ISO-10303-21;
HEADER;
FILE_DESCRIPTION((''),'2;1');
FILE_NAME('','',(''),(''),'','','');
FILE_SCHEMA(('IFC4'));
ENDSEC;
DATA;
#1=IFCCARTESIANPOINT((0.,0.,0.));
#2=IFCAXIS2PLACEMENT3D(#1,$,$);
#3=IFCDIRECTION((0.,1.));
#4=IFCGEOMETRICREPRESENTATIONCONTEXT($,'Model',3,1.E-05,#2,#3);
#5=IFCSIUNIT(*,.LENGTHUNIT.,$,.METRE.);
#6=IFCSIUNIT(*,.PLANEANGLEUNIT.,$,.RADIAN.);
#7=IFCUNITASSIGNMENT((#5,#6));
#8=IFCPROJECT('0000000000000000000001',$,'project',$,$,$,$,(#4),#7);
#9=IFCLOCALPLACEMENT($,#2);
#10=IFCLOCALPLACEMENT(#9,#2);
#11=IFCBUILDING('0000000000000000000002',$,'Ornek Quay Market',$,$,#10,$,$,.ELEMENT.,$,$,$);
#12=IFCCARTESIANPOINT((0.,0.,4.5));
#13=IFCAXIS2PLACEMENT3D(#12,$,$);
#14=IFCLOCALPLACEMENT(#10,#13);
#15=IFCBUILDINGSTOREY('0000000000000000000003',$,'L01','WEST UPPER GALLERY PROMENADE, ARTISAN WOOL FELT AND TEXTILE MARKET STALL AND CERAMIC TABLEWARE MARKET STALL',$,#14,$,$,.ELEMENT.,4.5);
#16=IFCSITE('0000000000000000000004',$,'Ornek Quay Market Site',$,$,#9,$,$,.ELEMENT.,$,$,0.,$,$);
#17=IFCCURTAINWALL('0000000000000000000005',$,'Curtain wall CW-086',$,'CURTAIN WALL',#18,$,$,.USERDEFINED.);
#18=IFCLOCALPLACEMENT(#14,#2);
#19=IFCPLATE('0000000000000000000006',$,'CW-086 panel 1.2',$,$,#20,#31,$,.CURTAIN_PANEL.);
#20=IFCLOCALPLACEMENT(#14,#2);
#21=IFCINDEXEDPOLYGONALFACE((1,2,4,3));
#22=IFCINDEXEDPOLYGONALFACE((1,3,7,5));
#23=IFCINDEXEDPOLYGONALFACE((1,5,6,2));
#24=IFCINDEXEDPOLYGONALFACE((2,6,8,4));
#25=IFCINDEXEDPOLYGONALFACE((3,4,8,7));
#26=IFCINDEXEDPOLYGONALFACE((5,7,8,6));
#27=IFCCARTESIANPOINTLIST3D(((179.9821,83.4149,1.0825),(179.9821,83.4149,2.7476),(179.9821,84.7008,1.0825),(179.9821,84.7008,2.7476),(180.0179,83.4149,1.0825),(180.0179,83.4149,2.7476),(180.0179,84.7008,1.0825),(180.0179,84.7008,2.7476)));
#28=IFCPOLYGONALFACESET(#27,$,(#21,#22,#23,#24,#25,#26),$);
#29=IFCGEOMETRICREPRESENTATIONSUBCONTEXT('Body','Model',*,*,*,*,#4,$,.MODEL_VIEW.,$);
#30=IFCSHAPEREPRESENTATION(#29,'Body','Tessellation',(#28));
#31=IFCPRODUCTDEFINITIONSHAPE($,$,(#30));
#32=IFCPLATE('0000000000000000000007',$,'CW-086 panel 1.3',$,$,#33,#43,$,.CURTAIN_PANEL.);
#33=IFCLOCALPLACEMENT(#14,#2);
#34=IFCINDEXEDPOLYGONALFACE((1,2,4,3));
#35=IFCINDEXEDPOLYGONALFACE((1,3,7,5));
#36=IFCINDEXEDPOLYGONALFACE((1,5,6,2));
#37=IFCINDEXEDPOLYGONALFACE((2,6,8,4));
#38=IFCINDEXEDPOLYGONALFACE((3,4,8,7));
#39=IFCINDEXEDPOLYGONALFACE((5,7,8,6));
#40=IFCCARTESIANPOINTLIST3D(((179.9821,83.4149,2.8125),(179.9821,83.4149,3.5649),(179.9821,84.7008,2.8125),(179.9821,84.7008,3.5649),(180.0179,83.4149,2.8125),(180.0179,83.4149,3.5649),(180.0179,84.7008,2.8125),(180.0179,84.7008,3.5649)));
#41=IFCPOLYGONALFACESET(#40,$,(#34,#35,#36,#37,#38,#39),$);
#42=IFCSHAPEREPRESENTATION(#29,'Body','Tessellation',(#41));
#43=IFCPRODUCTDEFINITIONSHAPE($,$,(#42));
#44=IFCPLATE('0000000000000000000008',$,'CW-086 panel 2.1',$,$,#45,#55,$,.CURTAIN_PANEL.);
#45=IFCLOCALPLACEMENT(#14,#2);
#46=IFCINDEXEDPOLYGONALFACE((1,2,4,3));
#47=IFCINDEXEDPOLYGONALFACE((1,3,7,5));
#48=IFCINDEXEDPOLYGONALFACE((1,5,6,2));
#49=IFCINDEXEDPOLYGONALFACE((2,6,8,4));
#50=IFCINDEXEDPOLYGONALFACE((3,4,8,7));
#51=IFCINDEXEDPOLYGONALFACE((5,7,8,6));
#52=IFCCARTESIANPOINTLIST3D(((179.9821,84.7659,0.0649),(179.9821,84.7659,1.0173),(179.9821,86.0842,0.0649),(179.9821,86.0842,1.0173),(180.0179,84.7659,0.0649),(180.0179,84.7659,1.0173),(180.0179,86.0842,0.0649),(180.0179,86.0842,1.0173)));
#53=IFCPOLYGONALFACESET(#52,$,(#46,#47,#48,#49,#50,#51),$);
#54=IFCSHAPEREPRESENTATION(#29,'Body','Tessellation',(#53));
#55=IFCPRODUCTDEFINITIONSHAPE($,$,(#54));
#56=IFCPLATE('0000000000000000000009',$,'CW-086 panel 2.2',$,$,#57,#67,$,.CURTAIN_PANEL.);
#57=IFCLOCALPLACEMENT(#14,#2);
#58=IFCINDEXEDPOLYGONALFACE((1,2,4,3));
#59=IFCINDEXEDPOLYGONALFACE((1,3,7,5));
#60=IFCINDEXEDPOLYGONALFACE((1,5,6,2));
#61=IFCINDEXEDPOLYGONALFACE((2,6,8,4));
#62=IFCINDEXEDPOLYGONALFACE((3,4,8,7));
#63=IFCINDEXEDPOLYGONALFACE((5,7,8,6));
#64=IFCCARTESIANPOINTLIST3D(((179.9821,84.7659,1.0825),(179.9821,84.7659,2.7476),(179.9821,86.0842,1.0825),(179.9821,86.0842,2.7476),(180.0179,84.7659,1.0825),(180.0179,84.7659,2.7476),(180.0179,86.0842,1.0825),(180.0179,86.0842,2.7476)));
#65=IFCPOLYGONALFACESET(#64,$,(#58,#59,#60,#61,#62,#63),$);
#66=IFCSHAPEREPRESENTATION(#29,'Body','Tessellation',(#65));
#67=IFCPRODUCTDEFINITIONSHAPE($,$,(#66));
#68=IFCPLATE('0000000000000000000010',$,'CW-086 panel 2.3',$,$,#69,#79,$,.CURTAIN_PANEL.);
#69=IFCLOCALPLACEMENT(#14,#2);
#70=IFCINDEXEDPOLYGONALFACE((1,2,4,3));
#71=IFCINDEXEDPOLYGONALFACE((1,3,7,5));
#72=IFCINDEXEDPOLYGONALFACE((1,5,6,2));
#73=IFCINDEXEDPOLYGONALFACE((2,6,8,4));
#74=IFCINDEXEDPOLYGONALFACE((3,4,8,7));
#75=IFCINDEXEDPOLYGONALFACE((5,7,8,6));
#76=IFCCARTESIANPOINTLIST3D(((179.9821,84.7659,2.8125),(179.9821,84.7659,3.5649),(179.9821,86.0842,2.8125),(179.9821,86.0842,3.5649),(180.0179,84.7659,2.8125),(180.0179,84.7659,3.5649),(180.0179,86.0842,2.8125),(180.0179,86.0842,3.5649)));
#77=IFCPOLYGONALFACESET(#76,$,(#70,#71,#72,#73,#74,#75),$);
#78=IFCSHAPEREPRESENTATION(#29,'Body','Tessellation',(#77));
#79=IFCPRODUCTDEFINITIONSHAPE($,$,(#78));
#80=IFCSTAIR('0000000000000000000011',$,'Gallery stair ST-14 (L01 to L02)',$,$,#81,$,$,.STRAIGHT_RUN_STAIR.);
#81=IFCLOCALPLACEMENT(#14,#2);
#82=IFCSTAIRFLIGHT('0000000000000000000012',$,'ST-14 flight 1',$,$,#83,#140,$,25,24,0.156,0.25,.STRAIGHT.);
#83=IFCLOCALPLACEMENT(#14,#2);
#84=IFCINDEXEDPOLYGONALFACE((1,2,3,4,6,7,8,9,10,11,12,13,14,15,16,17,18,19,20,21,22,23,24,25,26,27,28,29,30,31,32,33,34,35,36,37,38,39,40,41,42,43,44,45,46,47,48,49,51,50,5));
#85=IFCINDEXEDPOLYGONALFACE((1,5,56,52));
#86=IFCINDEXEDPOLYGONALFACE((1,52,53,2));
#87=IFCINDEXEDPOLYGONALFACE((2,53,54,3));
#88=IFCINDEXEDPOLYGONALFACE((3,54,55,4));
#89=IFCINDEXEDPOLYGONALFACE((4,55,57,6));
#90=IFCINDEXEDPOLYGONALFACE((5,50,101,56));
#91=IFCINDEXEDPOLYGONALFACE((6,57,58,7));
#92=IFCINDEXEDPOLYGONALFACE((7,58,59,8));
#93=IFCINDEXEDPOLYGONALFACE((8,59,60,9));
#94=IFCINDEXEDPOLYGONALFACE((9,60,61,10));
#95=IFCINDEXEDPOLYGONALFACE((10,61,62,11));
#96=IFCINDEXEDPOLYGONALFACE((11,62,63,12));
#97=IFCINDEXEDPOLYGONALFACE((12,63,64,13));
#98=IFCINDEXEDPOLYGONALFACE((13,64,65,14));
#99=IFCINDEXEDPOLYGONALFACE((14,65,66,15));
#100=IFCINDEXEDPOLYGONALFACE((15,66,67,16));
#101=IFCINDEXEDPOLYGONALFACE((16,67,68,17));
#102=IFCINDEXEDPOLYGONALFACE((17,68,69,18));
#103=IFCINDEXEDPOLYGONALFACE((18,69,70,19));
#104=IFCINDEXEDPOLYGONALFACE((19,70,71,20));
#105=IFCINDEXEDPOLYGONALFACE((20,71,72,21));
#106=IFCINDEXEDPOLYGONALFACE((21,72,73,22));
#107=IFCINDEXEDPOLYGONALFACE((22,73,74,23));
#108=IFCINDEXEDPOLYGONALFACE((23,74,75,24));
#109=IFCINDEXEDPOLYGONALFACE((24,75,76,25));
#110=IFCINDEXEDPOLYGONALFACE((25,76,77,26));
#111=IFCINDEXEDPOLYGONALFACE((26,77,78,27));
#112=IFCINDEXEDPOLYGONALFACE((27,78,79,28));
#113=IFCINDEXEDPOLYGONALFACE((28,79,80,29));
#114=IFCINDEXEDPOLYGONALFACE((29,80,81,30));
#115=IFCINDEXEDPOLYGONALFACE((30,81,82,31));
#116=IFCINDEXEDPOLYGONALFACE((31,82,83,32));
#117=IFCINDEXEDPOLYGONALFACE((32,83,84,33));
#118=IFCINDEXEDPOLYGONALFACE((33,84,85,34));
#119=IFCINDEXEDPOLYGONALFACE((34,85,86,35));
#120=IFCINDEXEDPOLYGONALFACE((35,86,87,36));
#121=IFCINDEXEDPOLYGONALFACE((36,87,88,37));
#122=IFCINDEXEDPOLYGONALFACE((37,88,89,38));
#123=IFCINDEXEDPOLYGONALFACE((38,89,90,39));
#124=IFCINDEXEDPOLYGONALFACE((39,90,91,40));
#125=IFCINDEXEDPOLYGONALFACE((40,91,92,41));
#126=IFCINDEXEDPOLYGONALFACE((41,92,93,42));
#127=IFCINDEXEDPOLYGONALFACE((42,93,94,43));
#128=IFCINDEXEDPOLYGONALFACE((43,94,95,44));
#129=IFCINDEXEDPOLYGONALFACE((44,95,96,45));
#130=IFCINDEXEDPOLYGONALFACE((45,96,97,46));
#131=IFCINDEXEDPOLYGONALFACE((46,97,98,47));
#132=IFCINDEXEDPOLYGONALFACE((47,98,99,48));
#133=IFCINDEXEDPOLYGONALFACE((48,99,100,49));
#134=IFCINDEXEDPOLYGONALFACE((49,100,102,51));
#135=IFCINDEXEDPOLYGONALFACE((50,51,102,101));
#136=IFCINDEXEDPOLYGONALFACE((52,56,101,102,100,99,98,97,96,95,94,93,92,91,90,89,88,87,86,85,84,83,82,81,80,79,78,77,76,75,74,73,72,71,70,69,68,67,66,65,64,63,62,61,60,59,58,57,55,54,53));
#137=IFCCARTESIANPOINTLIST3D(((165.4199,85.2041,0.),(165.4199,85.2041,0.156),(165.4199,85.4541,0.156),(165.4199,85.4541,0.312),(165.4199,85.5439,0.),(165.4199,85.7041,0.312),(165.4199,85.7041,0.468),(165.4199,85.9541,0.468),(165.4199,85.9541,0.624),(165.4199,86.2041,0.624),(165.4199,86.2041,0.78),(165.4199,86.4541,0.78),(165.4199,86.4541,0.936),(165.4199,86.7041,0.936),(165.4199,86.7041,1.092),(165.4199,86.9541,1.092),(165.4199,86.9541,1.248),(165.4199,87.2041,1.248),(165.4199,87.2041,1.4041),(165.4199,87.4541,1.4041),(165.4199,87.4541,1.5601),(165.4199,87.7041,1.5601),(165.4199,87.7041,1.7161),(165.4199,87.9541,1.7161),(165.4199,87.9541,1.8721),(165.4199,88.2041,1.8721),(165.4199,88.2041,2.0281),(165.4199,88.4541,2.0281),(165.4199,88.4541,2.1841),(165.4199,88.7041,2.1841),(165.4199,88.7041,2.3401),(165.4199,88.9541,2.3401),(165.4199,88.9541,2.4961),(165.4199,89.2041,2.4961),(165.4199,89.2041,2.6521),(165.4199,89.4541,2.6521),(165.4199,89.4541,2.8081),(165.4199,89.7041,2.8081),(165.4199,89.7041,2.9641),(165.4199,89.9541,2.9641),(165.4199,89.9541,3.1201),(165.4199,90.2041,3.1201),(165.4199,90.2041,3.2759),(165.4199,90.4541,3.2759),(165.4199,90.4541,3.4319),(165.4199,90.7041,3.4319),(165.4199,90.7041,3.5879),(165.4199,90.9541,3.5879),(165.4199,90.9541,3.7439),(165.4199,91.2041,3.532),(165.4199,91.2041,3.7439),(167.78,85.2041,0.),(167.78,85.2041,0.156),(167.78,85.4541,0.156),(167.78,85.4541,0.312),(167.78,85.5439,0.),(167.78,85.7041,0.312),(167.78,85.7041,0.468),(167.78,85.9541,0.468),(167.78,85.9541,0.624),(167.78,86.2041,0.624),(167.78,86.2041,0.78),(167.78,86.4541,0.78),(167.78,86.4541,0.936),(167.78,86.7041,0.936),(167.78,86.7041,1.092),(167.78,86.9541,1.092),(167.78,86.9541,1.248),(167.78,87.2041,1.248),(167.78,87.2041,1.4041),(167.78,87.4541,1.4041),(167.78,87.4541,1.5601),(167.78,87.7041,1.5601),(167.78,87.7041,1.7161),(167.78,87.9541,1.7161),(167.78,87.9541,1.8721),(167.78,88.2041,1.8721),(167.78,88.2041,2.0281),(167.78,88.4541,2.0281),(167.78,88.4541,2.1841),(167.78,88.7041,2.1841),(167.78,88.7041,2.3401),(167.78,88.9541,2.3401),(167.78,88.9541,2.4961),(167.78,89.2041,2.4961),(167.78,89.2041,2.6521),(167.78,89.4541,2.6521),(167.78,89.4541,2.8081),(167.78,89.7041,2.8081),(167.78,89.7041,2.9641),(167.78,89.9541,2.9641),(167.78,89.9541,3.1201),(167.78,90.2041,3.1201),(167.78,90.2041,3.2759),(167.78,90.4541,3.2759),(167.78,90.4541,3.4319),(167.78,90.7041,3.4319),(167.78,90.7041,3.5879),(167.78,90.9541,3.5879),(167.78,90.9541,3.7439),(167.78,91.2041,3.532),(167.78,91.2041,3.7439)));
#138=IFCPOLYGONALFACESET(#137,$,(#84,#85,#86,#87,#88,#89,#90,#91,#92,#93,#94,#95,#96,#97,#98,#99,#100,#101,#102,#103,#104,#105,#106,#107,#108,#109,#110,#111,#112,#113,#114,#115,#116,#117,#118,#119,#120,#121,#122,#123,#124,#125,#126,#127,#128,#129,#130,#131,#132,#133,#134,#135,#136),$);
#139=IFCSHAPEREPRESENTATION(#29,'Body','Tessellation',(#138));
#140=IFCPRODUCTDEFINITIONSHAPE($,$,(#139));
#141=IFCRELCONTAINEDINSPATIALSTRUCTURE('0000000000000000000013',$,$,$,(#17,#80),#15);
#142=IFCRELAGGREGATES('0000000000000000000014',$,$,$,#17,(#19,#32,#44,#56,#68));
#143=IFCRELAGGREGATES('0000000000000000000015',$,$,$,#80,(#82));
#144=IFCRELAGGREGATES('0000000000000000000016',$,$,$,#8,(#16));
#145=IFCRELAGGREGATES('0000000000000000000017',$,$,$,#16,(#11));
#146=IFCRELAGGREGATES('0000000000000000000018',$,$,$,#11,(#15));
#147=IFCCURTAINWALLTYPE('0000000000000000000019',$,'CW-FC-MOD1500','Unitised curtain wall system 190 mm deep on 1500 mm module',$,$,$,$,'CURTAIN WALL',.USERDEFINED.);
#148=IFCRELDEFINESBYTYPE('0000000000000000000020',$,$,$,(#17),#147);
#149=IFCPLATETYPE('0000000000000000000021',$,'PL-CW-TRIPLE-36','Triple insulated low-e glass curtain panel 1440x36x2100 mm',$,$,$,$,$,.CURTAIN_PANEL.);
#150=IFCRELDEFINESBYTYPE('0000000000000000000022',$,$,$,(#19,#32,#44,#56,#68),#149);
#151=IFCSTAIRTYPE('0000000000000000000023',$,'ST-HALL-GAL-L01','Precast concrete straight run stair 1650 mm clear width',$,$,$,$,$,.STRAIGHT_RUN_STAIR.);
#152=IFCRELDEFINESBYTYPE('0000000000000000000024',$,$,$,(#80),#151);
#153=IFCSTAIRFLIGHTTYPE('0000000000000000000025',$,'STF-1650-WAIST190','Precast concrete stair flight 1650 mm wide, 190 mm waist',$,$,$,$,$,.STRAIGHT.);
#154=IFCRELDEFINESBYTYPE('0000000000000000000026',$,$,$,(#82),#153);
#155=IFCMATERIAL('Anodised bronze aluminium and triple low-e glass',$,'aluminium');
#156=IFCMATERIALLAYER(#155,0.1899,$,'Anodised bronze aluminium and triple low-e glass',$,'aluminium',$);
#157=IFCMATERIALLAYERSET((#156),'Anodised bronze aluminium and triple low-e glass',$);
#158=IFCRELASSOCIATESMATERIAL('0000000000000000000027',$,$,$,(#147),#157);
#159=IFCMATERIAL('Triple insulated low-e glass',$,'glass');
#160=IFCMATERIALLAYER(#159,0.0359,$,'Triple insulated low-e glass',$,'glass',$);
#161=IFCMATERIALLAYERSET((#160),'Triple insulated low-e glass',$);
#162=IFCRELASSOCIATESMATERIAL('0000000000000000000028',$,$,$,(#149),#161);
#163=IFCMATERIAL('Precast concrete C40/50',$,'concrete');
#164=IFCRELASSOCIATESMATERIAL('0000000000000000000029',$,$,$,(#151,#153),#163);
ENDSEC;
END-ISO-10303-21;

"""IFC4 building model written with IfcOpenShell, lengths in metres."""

from ifc_helpers import new_model, si_unit, direction, frame, origin, origin_2d, place, context, subcontext, project, spatial, polyline, rectangle, outline, extrude, material, layer, layer_set, type_object, element, aggregate, save


model = new_model("IFC4")

# Units and contexts
model_context = context("Model", 3, precision=1e-05, world=origin(), true_north=direction((0.0, 1.0)))
body_context = subcontext(model_context, "Body", "Model", "MODEL_VIEW")
ifc_project = project(units=[si_unit("LENGTHUNIT", "METRE"), si_unit("PLANEANGLEUNIT", "RADIAN")], contexts=[model_context])

# Site, building, storey
site_placement = place(None, origin())
site = spatial("IfcSite", under=ifc_project, at=site_placement, Name="Ornek Quay Market Site", CompositionType="ELEMENT", RefElevation=0.0)
building_placement = place(site_placement, origin())
building = spatial("IfcBuilding", under=site, at=building_placement, Name="Ornek Quay Market", CompositionType="ELEMENT")
storey_placement = place(building_placement, frame((0.0, 0.0, 4.5)))
storey = spatial("IfcBuildingStorey", under=building, at=storey_placement, Name="L01", Description="WEST UPPER GALLERY PROMENADE, ARTISAN WOOL FELT AND TEXTILE MARKET STALL AND CERAMIC TABLEWARE MARKET STALL", CompositionType="ELEMENT", Elevation=4.5)

# Curtain wall, plates
ifc_material_1 = material(Name="Anodised bronze aluminium and triple low-e glass", Category="aluminium")
ifc_layer_1 = layer(ifc_material_1, 0.1899, Name="Anodised bronze aluminium and triple low-e glass", Category="aluminium")
ifc_layer_set_1 = layer_set([ifc_layer_1], Name="Anodised bronze aluminium and triple low-e glass")
curtain_wall_type = type_object("IfcCurtainWallType", Name="CW-FC-MOD1500", Description="Unitised curtain wall system 190 mm deep on 1500 mm module", ElementType="CURTAIN WALL", PredefinedType="USERDEFINED", material=ifc_layer_set_1)
curtain_wall_placement = place(storey_placement, origin())
curtain_wall = element("IfcCurtainWall", 1, at=curtain_wall_placement, inside=storey, type_object=curtain_wall_type, Name="Curtain wall CW-086", ObjectType="CURTAIN WALL", PredefinedType="USERDEFINED")
ifc_material_2 = material(Name="Triple insulated low-e glass", Category="glass")
ifc_layer_2 = layer(ifc_material_2, 0.0359, Name="Triple insulated low-e glass", Category="glass")
ifc_layer_set_2 = layer_set([ifc_layer_2], Name="Triple insulated low-e glass")
plate_type = type_object("IfcPlateType", Name="PL-CW-TRIPLE-36", Description="Triple insulated low-e glass curtain panel 1440x36x2100 mm", PredefinedType="CURTAIN_PANEL", material=ifc_layer_set_2)
plate_1_placement = place(storey_placement, frame((180.0, 84.0579, 1.0825), z_axis=(0.0, 0.0, 1.0), x_axis=(0.0, 1.0, 0.0)))
plate_1 = element("IfcPlate", 2, at=plate_1_placement, type_object=plate_type, Name="CW-086 panel 1.2", PredefinedType="CURTAIN_PANEL", context=body_context, shape_type="SweptSolid", body=[
    extrude(rectangle(XDim=1.2859, YDim=0.0359, at=origin_2d()), origin(), (0.0, 0.0, 1.0), 1.665),
])
plate_2_placement = place(storey_placement, frame((180.0, 84.0579, 2.8125), z_axis=(0.0, 0.0, 1.0), x_axis=(0.0, 1.0, 0.0)))
plate_2 = element("IfcPlate", 3, at=plate_2_placement, type_object=plate_type, Name="CW-086 panel 1.3", PredefinedType="CURTAIN_PANEL", context=body_context, shape_type="SweptSolid", body=[
    extrude(rectangle(XDim=1.2859, YDim=0.0359, at=origin_2d()), origin(), (0.0, 0.0, 1.0), 0.7524),
])
plate_3_placement = place(storey_placement, frame((180.0, 85.425, 0.0649), z_axis=(0.0, 0.0, 1.0), x_axis=(0.0, 1.0, 0.0)))
plate_3 = element("IfcPlate", 4, at=plate_3_placement, type_object=plate_type, Name="CW-086 panel 2.1", PredefinedType="CURTAIN_PANEL", context=body_context, shape_type="SweptSolid", body=[
    extrude(rectangle(XDim=1.3184, YDim=0.0359, at=origin_2d()), origin(), (0.0, 0.0, 1.0), 0.9524),
])
plate_4_placement = place(storey_placement, frame((180.0, 85.425, 1.0825), z_axis=(0.0, 0.0, 1.0), x_axis=(0.0, 1.0, 0.0)))
plate_4 = element("IfcPlate", 5, at=plate_4_placement, type_object=plate_type, Name="CW-086 panel 2.2", PredefinedType="CURTAIN_PANEL", context=body_context, shape_type="SweptSolid", body=[
    extrude(rectangle(XDim=1.3184, YDim=0.0359, at=origin_2d()), origin(), (0.0, 0.0, 1.0), 1.665),
])
plate_5_placement = place(storey_placement, frame((180.0, 85.425, 2.8125), z_axis=(0.0, 0.0, 1.0), x_axis=(0.0, 1.0, 0.0)))
plate_5 = element("IfcPlate", 6, at=plate_5_placement, type_object=plate_type, Name="CW-086 panel 2.3", PredefinedType="CURTAIN_PANEL", context=body_context, shape_type="SweptSolid", body=[
    extrude(rectangle(XDim=1.3184, YDim=0.0359, at=origin_2d()), origin(), (0.0, 0.0, 1.0), 0.7524),
])
aggregate(curtain_wall, [plate_1, plate_2, plate_3, plate_4, plate_5])

# Stair, stair flight
ifc_material_3 = material(Name="Precast concrete C40/50", Category="concrete")
stair_type = type_object("IfcStairType", Name="ST-HALL-GAL-L01", Description="Precast concrete straight run stair 1650 mm clear width", PredefinedType="STRAIGHT_RUN_STAIR", material=ifc_material_3)
stair_placement = place(storey_placement, origin())
stair = element("IfcStair", 7, at=stair_placement, inside=storey, type_object=stair_type, Name="Gallery stair ST-14 (L01 to L02)", PredefinedType="STRAIGHT_RUN_STAIR")
stair_flight_type = type_object("IfcStairFlightType", Name="STF-1650-WAIST190", Description="Precast concrete stair flight 1650 mm wide, 190 mm waist", PredefinedType="STRAIGHT", material=ifc_material_3)
stair_flight_placement = place(storey_placement, frame((166.6001, 85.2041, 0.0), z_axis=(0.0, 0.0, 1.0), x_axis=(0.0, 1.0, 0.0)))
stair_flight = element("IfcStairFlight", 8, at=stair_flight_placement, type_object=stair_flight_type, Name="ST-14 flight 1", NumberOfRisers=25, NumberOfTreads=24, PredefinedType="STRAIGHT", RiserHeight=0.156, TreadLength=0.25, context=body_context, shape_type="SweptSolid", body=[
    extrude(outline(polyline([(0.0, 0.0), (0.0, 0.156), (0.25, 0.156), (0.25, 0.312), (0.5, 0.312), (0.5, 0.468), (0.75, 0.468), (0.75, 0.624), (1.0, 0.624), (1.0, 0.78), (1.25, 0.78), (1.25, 0.936), (1.5, 0.936), (1.5, 1.092), (1.75, 1.092), (1.75, 1.248), (2.0, 1.248), (2.0, 1.4041), (2.25, 1.4041), (2.25, 1.5601), (2.5, 1.5601), (2.5, 1.7161), (2.75, 1.7161), (2.75, 1.8721), (3.0, 1.8721), (3.0, 2.0281), (3.25, 2.0281), (3.25, 2.1841), (3.5, 2.1841), (3.5, 2.3401), (3.75, 2.3401), (3.75, 2.4961), (4.0, 2.4961), (4.0, 2.6521), (4.25, 2.6521), (4.25, 2.8081), (4.5, 2.8081), (4.5, 2.9641), (4.75, 2.9641), (4.75, 3.1201), (5.0, 3.1201), (5.0, 3.2759), (5.25, 3.2759), (5.25, 3.4319), (5.5, 3.4319), (5.5, 3.5879), (5.75, 3.5879), (5.75, 3.7439), (6.0, 3.7439), (6.0, 3.8999), (6.0, 3.532), (0.3398, 0.0), (0.0, 0.0)])), frame((0.0, 1.1802, 0.0), z_axis=(0.0, -1.0, 0.0), x_axis=(1.0, 0.0, 0.0)), (0.0, 0.0, 1.0), 2.3601),
])
aggregate(stair, [stair_flight])

save(model, "model.ifc")
